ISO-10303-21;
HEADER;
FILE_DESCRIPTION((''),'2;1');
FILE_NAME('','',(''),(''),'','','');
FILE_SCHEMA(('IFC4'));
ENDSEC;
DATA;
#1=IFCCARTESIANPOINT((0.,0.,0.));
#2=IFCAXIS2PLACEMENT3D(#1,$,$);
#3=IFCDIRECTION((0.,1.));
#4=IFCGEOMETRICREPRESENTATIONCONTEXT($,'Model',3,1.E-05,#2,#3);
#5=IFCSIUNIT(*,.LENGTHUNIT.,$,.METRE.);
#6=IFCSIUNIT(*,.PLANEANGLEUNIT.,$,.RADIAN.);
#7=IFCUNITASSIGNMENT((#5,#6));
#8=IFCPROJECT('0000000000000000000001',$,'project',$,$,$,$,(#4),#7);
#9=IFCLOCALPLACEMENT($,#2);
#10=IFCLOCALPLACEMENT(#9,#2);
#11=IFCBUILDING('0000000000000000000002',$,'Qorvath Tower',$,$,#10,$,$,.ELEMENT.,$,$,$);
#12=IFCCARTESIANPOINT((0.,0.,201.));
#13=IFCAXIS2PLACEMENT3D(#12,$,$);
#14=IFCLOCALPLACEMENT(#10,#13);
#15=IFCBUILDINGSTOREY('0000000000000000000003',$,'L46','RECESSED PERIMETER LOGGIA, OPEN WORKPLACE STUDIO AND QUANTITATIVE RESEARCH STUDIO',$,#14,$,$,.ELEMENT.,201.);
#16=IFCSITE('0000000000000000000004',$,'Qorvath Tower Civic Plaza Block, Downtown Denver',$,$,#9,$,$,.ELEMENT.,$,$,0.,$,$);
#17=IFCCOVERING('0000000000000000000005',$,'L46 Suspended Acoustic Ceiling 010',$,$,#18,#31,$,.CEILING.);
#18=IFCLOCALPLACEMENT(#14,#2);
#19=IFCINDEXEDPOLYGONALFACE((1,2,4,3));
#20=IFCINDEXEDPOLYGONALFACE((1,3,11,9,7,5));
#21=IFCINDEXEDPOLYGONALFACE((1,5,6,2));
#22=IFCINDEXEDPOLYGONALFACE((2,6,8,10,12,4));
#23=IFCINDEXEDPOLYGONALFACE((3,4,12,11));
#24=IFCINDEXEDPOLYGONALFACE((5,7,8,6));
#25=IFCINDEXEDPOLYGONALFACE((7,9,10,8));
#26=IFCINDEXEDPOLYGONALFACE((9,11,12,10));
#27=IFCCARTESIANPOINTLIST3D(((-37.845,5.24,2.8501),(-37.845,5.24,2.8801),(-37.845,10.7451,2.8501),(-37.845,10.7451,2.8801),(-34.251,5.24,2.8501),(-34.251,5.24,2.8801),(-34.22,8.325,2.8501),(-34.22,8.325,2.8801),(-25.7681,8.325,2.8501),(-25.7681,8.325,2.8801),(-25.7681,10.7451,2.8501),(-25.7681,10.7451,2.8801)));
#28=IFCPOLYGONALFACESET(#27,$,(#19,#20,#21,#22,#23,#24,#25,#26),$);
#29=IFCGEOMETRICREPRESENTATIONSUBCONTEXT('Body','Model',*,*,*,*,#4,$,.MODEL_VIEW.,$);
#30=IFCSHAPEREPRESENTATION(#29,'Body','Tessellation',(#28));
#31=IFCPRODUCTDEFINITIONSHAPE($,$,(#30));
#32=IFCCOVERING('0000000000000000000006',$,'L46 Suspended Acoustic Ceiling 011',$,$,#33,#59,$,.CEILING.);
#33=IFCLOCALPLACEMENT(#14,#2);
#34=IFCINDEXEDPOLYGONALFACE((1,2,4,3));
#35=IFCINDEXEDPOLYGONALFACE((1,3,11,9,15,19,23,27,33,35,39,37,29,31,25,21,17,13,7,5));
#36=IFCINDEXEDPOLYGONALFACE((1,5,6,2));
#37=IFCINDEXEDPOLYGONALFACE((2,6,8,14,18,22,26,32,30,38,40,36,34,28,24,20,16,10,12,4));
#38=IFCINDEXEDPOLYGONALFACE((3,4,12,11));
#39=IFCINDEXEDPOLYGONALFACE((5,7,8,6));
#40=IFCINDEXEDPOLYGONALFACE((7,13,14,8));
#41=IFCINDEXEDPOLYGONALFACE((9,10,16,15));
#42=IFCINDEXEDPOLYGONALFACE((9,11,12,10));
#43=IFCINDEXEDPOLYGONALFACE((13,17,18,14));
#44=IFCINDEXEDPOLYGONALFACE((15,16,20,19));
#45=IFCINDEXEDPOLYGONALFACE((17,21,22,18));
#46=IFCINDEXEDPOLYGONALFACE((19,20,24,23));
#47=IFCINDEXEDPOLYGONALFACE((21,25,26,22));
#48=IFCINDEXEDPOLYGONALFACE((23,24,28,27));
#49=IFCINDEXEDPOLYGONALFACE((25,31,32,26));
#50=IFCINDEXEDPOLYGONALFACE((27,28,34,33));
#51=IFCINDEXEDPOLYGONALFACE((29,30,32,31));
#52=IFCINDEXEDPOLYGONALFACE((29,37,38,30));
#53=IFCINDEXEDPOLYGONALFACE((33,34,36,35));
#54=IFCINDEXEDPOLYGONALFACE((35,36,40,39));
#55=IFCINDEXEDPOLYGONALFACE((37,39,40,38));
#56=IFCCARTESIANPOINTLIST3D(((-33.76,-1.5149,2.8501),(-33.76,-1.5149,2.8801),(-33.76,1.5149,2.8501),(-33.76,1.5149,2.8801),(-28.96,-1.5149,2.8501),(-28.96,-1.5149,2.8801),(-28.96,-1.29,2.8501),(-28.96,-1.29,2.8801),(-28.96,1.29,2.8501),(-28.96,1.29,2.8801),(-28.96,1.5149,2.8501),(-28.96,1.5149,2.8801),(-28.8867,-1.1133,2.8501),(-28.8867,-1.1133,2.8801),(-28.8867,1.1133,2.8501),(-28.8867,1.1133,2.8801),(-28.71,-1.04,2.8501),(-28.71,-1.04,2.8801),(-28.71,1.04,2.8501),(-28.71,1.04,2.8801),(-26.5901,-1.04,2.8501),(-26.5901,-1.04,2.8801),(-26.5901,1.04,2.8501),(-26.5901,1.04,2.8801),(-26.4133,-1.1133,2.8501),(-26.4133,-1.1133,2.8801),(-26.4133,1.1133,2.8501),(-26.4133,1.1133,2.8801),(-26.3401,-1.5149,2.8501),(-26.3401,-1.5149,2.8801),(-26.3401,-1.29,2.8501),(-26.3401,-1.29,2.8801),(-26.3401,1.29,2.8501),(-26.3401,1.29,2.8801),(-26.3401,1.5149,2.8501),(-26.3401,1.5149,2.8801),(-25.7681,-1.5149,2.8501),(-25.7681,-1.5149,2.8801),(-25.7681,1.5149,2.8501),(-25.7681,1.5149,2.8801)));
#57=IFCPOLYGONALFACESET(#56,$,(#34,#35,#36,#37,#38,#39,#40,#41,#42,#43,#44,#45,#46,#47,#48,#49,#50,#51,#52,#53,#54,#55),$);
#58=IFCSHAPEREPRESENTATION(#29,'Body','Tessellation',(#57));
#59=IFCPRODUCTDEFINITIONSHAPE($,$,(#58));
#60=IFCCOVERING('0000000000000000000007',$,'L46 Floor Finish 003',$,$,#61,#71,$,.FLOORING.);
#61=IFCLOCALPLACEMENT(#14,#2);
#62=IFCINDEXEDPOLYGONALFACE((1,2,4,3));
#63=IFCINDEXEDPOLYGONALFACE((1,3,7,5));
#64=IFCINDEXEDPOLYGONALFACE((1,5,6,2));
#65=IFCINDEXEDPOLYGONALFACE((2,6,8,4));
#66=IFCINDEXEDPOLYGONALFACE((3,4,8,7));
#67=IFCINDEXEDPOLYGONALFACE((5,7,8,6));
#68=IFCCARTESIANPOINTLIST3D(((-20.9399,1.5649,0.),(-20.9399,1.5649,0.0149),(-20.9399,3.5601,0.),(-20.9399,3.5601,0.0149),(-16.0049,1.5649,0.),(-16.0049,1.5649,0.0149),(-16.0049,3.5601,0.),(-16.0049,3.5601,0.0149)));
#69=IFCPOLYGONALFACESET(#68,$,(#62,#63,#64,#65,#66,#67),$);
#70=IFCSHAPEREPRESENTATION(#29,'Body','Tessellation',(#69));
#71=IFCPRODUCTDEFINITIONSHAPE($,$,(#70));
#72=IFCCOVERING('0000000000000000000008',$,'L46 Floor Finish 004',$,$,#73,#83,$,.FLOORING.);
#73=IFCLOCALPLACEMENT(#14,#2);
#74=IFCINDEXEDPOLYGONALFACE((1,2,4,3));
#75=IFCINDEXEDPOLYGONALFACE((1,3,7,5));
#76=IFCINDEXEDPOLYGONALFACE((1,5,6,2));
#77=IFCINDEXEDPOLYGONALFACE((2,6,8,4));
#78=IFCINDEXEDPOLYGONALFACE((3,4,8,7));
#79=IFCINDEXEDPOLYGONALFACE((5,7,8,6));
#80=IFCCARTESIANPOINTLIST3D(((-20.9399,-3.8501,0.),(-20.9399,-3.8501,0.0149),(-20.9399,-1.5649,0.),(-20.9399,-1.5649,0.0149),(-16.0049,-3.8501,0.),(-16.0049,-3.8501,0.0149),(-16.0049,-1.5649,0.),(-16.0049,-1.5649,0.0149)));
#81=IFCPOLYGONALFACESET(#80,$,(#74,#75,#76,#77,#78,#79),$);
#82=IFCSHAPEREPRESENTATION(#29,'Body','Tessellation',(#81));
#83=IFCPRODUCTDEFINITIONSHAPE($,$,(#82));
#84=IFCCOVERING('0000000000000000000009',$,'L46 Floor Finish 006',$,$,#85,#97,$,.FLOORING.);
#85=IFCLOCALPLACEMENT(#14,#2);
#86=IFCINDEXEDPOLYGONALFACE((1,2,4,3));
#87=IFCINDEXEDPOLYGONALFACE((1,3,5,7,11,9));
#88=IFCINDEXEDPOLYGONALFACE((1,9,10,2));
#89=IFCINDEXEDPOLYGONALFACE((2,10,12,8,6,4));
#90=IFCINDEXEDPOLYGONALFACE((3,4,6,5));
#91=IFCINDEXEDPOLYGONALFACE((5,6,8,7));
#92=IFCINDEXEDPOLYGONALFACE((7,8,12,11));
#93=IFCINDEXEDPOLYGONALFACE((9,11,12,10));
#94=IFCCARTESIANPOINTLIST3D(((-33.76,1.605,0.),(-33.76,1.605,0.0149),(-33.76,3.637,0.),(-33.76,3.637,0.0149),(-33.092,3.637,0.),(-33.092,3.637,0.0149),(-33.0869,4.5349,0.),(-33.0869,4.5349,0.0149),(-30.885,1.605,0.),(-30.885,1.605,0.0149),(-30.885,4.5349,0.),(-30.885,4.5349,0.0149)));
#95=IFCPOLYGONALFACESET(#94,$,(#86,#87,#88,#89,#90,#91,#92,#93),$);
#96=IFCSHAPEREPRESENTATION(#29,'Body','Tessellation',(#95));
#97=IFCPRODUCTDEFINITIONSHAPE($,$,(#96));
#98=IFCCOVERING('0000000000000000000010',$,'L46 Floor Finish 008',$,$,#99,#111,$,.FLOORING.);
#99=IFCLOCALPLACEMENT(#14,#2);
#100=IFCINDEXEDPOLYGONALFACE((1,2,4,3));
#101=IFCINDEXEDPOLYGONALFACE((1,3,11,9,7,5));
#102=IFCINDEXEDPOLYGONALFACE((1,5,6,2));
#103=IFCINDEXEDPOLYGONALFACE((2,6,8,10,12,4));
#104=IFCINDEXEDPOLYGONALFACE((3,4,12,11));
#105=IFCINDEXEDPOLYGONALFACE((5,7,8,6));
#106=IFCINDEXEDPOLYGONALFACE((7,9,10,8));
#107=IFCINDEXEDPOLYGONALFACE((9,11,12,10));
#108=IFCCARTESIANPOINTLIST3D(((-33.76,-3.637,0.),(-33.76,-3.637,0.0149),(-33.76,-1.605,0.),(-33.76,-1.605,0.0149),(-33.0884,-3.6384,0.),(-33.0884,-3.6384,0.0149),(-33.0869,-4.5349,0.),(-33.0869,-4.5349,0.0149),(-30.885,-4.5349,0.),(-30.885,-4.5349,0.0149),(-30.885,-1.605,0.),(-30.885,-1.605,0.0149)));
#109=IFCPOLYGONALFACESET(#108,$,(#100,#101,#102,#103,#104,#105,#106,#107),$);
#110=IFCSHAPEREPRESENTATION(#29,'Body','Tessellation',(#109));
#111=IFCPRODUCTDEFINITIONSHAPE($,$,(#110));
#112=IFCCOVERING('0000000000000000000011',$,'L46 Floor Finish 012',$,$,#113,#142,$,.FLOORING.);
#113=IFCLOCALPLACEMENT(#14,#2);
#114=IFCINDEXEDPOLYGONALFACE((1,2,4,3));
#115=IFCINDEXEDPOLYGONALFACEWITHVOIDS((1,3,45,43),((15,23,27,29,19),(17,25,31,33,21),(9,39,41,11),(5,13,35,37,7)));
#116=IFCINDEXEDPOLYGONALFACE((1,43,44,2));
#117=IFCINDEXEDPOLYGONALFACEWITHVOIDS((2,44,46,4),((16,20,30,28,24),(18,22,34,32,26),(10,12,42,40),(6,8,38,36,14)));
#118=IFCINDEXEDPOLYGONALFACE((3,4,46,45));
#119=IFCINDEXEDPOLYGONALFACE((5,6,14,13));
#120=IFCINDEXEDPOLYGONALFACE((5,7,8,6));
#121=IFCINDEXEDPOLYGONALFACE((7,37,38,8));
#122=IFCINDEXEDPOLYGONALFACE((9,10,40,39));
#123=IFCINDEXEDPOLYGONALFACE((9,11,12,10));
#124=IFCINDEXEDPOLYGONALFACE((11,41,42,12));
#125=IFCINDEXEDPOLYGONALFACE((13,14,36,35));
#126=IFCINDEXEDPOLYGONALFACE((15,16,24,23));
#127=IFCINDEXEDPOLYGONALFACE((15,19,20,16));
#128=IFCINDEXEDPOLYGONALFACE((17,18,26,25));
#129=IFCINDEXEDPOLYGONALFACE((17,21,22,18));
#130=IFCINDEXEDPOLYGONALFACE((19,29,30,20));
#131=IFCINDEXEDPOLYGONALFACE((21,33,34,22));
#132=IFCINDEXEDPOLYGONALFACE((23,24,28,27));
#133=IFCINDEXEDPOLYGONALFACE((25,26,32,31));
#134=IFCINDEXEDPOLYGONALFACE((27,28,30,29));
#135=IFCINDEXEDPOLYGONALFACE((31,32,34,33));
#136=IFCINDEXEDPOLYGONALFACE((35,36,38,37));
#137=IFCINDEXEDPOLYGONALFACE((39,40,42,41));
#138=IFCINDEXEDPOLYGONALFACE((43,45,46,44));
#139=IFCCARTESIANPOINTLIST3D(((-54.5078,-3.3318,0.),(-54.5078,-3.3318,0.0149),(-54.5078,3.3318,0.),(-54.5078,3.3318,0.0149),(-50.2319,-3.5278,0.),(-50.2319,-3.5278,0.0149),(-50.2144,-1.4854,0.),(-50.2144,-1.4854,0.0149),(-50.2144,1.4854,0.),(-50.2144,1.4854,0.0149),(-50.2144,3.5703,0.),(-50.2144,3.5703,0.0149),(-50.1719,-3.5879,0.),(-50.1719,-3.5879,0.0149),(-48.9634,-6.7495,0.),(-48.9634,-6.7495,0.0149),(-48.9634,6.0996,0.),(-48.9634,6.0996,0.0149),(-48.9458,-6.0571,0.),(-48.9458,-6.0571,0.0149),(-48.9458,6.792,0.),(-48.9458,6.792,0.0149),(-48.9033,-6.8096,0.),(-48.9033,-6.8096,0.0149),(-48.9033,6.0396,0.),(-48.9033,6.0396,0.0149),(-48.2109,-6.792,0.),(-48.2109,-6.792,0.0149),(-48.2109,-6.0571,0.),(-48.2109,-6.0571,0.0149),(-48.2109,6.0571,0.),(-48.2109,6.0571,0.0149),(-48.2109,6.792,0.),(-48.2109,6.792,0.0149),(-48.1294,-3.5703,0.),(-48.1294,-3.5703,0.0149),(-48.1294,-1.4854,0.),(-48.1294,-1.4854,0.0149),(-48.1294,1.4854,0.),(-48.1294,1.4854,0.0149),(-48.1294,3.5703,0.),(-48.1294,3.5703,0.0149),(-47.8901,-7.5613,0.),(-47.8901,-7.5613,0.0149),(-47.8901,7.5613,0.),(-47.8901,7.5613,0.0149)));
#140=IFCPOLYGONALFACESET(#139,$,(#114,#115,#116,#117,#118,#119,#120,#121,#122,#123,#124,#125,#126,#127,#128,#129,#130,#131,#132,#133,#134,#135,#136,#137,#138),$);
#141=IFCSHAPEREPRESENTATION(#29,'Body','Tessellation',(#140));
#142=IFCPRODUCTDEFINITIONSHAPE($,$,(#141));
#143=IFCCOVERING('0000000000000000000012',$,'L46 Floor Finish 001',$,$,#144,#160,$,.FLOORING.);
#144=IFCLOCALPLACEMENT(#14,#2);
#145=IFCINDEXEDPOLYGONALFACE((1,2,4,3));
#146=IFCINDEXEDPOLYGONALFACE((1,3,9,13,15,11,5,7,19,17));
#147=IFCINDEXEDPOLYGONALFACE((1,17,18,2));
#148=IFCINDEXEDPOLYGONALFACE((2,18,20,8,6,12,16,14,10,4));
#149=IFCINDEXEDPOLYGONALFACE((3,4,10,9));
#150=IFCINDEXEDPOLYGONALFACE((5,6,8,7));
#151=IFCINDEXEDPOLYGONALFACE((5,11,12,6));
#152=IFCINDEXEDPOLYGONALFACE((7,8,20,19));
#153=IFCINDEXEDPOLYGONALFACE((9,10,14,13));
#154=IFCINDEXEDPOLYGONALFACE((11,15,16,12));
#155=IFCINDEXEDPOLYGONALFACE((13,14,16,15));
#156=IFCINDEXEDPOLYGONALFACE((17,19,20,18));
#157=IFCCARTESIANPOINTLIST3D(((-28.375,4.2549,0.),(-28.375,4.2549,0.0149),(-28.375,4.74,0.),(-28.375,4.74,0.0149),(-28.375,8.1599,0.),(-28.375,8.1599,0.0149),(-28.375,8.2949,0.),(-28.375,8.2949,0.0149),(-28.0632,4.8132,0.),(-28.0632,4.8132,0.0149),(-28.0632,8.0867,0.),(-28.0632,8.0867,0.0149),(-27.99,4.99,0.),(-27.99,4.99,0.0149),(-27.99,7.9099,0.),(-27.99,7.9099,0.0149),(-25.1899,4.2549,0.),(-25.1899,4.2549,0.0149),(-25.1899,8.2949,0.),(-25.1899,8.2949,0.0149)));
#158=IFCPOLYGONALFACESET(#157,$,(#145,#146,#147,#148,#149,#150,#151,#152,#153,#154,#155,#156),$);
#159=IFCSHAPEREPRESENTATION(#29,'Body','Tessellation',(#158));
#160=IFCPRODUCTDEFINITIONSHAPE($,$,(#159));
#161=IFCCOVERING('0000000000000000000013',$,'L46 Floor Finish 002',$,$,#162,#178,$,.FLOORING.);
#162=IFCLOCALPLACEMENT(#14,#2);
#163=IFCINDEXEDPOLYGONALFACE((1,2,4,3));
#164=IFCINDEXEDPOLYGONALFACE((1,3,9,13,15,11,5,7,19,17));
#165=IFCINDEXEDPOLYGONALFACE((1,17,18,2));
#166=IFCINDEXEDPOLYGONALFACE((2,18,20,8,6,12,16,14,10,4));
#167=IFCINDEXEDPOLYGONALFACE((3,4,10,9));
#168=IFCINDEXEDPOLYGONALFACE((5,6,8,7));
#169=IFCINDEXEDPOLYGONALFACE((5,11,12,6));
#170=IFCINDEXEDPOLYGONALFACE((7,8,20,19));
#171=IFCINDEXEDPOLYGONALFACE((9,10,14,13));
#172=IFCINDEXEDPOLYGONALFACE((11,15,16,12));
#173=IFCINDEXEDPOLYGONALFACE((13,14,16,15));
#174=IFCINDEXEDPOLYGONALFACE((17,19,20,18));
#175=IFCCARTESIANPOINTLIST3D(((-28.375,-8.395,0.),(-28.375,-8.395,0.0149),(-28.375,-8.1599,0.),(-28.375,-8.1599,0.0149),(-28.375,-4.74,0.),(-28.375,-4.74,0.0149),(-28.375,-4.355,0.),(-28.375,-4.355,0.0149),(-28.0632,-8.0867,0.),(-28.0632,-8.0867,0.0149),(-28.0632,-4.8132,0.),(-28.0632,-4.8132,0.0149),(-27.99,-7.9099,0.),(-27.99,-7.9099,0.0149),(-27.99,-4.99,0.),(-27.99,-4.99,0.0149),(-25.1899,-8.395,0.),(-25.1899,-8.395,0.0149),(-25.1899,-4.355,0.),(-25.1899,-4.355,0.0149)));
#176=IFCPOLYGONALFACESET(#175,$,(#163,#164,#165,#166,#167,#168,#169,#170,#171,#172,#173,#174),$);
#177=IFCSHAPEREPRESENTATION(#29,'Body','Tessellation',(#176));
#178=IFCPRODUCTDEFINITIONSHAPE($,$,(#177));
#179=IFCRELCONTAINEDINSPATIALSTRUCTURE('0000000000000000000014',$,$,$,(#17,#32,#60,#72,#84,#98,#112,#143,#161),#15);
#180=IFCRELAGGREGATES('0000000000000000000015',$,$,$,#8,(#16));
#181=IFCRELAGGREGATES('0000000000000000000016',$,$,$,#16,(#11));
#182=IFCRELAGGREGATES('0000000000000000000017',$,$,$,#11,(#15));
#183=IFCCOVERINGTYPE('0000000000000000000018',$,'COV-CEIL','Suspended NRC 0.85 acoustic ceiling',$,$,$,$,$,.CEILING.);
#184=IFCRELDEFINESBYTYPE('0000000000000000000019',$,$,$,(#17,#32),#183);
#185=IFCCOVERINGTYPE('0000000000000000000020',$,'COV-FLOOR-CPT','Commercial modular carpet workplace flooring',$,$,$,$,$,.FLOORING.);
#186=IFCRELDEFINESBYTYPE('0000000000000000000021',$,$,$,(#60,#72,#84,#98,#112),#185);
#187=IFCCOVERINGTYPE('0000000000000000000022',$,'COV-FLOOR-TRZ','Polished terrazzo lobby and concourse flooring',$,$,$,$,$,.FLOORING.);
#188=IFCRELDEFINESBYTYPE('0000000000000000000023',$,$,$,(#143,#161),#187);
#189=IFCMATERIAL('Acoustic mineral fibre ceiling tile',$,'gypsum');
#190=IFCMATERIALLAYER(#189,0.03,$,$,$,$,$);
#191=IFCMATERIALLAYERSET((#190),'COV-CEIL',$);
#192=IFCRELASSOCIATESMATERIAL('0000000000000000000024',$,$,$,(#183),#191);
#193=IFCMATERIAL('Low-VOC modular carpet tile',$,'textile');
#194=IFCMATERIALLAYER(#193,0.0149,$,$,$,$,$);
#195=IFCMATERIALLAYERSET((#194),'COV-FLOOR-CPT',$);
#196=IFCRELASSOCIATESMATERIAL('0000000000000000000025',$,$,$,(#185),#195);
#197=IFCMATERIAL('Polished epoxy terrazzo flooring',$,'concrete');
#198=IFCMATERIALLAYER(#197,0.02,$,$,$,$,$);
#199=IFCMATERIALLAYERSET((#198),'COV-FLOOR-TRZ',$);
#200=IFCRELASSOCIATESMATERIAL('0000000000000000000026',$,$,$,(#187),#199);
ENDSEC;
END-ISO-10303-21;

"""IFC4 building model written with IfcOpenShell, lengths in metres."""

from ifc_helpers import new_model, si_unit, direction, frame, origin, place, context, subcontext, project, spatial, polyline, outline, extrude, material, layer, layer_set, type_object, element, save


model = new_model("IFC4")

# Units and contexts
model_context = context("Model", 3, precision=1e-05, world=origin(), true_north=direction((0.0, 1.0)))
body_context = subcontext(model_context, "Body", "Model", "MODEL_VIEW")
ifc_project = project(units=[si_unit("LENGTHUNIT", "METRE"), si_unit("PLANEANGLEUNIT", "RADIAN")], contexts=[model_context])

# Site, building, storey
site_placement = place(None, origin())
site = spatial("IfcSite", under=ifc_project, at=site_placement, Name="Qorvath Tower Civic Plaza Block, Downtown Denver", CompositionType="ELEMENT", RefElevation=0.0)
building_placement = place(site_placement, origin())
building = spatial("IfcBuilding", under=site, at=building_placement, Name="Qorvath Tower", CompositionType="ELEMENT")
storey_placement = place(building_placement, frame((0.0, 0.0, 201.0)))
storey = spatial("IfcBuildingStorey", under=building, at=storey_placement, Name="L46", Description="RECESSED PERIMETER LOGGIA, OPEN WORKPLACE STUDIO AND QUANTITATIVE RESEARCH STUDIO", CompositionType="ELEMENT", Elevation=201.0)

# Coverings
ifc_material_1 = material(Name="Acoustic mineral fibre ceiling tile", Category="gypsum")
ifc_layer_1 = layer(ifc_material_1, 0.03)
ifc_layer_set_1 = layer_set([ifc_layer_1], Name="COV-CEIL")
covering_type_1 = type_object("IfcCoveringType", Name="COV-CEIL", Description="Suspended NRC 0.85 acoustic ceiling", PredefinedType="CEILING", material=ifc_layer_set_1)
covering_1_placement = place(storey_placement, frame((0.0, 0.0, 2.8501)))
element("IfcCovering", 1, at=covering_1_placement, inside=storey, type_object=covering_type_1, Name="L46 Suspended Acoustic Ceiling 010", PredefinedType="CEILING", context=body_context, shape_type="SweptSolid", body=[
    extrude(outline(polyline([(-25.7681, 8.325), (-25.7681, 10.7451), (-37.845, 10.7451), (-37.845, 5.24), (-34.251, 5.24), (-34.22, 8.325), (-25.7681, 8.325)])), origin(), (0.0, 0.0, 1.0), 0.03),
])
covering_2_placement = place(storey_placement, frame((0.0, 0.0, 2.8501)))
element("IfcCovering", 2, at=covering_2_placement, inside=storey, type_object=covering_type_1, Name="L46 Suspended Acoustic Ceiling 011", PredefinedType="CEILING", context=body_context, shape_type="SweptSolid", body=[
    extrude(outline(polyline([(-25.7681, -1.5149), (-25.7681, 1.5149), (-26.3401, 1.5149), (-26.3401, 1.29), (-26.4133, 1.1133), (-26.5901, 1.04), (-28.71, 1.04), (-28.8867, 1.1133), (-28.96, 1.29), (-28.96, 1.5149), (-33.76, 1.5149), (-33.76, -1.5149), (-28.96, -1.5149), (-28.96, -1.29), (-28.8867, -1.1133), (-28.71, -1.04), (-26.5901, -1.04), (-26.4133, -1.1133), (-26.3401, -1.29), (-26.3401, -1.5149), (-25.7681, -1.5149)])), origin(), (0.0, 0.0, 1.0), 0.03),
])
ifc_material_2 = material(Name="Low-VOC modular carpet tile", Category="textile")
ifc_layer_2 = layer(ifc_material_2, 0.0149)
ifc_layer_set_2 = layer_set([ifc_layer_2], Name="COV-FLOOR-CPT")
covering_type_2 = type_object("IfcCoveringType", Name="COV-FLOOR-CPT", Description="Commercial modular carpet workplace flooring", PredefinedType="FLOORING", material=ifc_layer_set_2)
covering_3_placement = place(storey_placement, origin())
element("IfcCovering", 3, at=covering_3_placement, inside=storey, type_object=covering_type_2, Name="L46 Floor Finish 003", PredefinedType="FLOORING", context=body_context, shape_type="SweptSolid", body=[
    extrude(outline(polyline([(-16.0049, 3.5601), (-20.9399, 3.5601), (-20.9399, 1.5649), (-16.0049, 1.5649), (-16.0049, 3.5601)])), origin(), (0.0, 0.0, 1.0), 0.0149),
])
covering_4_placement = place(storey_placement, origin())
element("IfcCovering", 4, at=covering_4_placement, inside=storey, type_object=covering_type_2, Name="L46 Floor Finish 004", PredefinedType="FLOORING", context=body_context, shape_type="SweptSolid", body=[
    extrude(outline(polyline([(-20.9399, -1.5649), (-20.9399, -3.8501), (-16.0049, -3.8501), (-16.0049, -1.5649), (-20.9399, -1.5649)])), origin(), (0.0, 0.0, 1.0), 0.0149),
])
covering_5_placement = place(storey_placement, origin())
element("IfcCovering", 5, at=covering_5_placement, inside=storey, type_object=covering_type_2, Name="L46 Floor Finish 006", PredefinedType="FLOORING", context=body_context, shape_type="SweptSolid", body=[
    extrude(outline(polyline([(-33.76, 3.637), (-33.76, 1.605), (-30.885, 1.605), (-30.885, 4.5349), (-33.0869, 4.5349), (-33.092, 3.637), (-33.76, 3.637)])), origin(), (0.0, 0.0, 1.0), 0.0149),
])
covering_6_placement = place(storey_placement, origin())
element("IfcCovering", 6, at=covering_6_placement, inside=storey, type_object=covering_type_2, Name="L46 Floor Finish 008", PredefinedType="FLOORING", context=body_context, shape_type="SweptSolid", body=[
    extrude(outline(polyline([(-30.885, -4.5349), (-30.885, -1.605), (-33.76, -1.605), (-33.76, -3.637), (-33.0884, -3.6384), (-33.0869, -4.5349), (-30.885, -4.5349)])), origin(), (0.0, 0.0, 1.0), 0.0149),
])
covering_7_placement = place(storey_placement, origin())
element("IfcCovering", 7, at=covering_7_placement, inside=storey, type_object=covering_type_2, Name="L46 Floor Finish 012", PredefinedType="FLOORING", context=body_context, shape_type="SweptSolid", body=[
    extrude(outline(polyline([(-47.8901, -7.5613), (-47.8901, 7.5613), (-54.5078, 3.3318), (-54.5078, -3.3318), (-47.8901, -7.5613)]), holes=[polyline([(-50.2319, -3.5278), (-50.2144, -1.4854), (-48.1294, -1.4854), (-48.1294, -3.5703), (-50.1719, -3.5879), (-50.2319, -3.5278)]), polyline([(-50.2144, 1.4854), (-50.2144, 3.5703), (-48.1294, 3.5703), (-48.1294, 1.4854), (-50.2144, 1.4854)]), polyline([(-48.9634, -6.7495), (-48.9458, -6.0571), (-48.2109, -6.0571), (-48.2109, -6.792), (-48.9033, -6.8096), (-48.9634, -6.7495)]), polyline([(-48.9634, 6.0996), (-48.9458, 6.792), (-48.2109, 6.792), (-48.2109, 6.0571), (-48.9033, 6.0396), (-48.9634, 6.0996)])]), origin(), (0.0, 0.0, 1.0), 0.0149),
])
ifc_material_3 = material(Name="Polished epoxy terrazzo flooring", Category="concrete")
ifc_layer_3 = layer(ifc_material_3, 0.02)
ifc_layer_set_3 = layer_set([ifc_layer_3], Name="COV-FLOOR-TRZ")
covering_type_3 = type_object("IfcCoveringType", Name="COV-FLOOR-TRZ", Description="Polished terrazzo lobby and concourse flooring", PredefinedType="FLOORING", material=ifc_layer_set_3)
covering_8_placement = place(storey_placement, origin())
element("IfcCovering", 8, at=covering_8_placement, inside=storey, type_object=covering_type_3, Name="L46 Floor Finish 001", PredefinedType="FLOORING", context=body_context, shape_type="SweptSolid", body=[
    extrude(outline(polyline([(-25.1899, 4.2549), (-25.1899, 8.2949), (-28.375, 8.2949), (-28.375, 8.1599), (-28.0632, 8.0867), (-27.99, 7.9099), (-27.99, 4.99), (-28.0632, 4.8132), (-28.375, 4.74), (-28.375, 4.2549), (-25.1899, 4.2549)])), origin(), (0.0, 0.0, 1.0), 0.0149),
])
covering_9_placement = place(storey_placement, origin())
element("IfcCovering", 9, at=covering_9_placement, inside=storey, type_object=covering_type_3, Name="L46 Floor Finish 002", PredefinedType="FLOORING", context=body_context, shape_type="SweptSolid", body=[
    extrude(outline(polyline([(-25.1899, -8.395), (-25.1899, -4.355), (-28.375, -4.355), (-28.375, -4.74), (-28.0632, -4.8132), (-27.99, -4.99), (-27.99, -7.9099), (-28.0632, -8.0867), (-28.375, -8.1599), (-28.375, -8.395), (-25.1899, -8.395)])), origin(), (0.0, 0.0, 1.0), 0.0149),
])

save(model, "model.ifc")
